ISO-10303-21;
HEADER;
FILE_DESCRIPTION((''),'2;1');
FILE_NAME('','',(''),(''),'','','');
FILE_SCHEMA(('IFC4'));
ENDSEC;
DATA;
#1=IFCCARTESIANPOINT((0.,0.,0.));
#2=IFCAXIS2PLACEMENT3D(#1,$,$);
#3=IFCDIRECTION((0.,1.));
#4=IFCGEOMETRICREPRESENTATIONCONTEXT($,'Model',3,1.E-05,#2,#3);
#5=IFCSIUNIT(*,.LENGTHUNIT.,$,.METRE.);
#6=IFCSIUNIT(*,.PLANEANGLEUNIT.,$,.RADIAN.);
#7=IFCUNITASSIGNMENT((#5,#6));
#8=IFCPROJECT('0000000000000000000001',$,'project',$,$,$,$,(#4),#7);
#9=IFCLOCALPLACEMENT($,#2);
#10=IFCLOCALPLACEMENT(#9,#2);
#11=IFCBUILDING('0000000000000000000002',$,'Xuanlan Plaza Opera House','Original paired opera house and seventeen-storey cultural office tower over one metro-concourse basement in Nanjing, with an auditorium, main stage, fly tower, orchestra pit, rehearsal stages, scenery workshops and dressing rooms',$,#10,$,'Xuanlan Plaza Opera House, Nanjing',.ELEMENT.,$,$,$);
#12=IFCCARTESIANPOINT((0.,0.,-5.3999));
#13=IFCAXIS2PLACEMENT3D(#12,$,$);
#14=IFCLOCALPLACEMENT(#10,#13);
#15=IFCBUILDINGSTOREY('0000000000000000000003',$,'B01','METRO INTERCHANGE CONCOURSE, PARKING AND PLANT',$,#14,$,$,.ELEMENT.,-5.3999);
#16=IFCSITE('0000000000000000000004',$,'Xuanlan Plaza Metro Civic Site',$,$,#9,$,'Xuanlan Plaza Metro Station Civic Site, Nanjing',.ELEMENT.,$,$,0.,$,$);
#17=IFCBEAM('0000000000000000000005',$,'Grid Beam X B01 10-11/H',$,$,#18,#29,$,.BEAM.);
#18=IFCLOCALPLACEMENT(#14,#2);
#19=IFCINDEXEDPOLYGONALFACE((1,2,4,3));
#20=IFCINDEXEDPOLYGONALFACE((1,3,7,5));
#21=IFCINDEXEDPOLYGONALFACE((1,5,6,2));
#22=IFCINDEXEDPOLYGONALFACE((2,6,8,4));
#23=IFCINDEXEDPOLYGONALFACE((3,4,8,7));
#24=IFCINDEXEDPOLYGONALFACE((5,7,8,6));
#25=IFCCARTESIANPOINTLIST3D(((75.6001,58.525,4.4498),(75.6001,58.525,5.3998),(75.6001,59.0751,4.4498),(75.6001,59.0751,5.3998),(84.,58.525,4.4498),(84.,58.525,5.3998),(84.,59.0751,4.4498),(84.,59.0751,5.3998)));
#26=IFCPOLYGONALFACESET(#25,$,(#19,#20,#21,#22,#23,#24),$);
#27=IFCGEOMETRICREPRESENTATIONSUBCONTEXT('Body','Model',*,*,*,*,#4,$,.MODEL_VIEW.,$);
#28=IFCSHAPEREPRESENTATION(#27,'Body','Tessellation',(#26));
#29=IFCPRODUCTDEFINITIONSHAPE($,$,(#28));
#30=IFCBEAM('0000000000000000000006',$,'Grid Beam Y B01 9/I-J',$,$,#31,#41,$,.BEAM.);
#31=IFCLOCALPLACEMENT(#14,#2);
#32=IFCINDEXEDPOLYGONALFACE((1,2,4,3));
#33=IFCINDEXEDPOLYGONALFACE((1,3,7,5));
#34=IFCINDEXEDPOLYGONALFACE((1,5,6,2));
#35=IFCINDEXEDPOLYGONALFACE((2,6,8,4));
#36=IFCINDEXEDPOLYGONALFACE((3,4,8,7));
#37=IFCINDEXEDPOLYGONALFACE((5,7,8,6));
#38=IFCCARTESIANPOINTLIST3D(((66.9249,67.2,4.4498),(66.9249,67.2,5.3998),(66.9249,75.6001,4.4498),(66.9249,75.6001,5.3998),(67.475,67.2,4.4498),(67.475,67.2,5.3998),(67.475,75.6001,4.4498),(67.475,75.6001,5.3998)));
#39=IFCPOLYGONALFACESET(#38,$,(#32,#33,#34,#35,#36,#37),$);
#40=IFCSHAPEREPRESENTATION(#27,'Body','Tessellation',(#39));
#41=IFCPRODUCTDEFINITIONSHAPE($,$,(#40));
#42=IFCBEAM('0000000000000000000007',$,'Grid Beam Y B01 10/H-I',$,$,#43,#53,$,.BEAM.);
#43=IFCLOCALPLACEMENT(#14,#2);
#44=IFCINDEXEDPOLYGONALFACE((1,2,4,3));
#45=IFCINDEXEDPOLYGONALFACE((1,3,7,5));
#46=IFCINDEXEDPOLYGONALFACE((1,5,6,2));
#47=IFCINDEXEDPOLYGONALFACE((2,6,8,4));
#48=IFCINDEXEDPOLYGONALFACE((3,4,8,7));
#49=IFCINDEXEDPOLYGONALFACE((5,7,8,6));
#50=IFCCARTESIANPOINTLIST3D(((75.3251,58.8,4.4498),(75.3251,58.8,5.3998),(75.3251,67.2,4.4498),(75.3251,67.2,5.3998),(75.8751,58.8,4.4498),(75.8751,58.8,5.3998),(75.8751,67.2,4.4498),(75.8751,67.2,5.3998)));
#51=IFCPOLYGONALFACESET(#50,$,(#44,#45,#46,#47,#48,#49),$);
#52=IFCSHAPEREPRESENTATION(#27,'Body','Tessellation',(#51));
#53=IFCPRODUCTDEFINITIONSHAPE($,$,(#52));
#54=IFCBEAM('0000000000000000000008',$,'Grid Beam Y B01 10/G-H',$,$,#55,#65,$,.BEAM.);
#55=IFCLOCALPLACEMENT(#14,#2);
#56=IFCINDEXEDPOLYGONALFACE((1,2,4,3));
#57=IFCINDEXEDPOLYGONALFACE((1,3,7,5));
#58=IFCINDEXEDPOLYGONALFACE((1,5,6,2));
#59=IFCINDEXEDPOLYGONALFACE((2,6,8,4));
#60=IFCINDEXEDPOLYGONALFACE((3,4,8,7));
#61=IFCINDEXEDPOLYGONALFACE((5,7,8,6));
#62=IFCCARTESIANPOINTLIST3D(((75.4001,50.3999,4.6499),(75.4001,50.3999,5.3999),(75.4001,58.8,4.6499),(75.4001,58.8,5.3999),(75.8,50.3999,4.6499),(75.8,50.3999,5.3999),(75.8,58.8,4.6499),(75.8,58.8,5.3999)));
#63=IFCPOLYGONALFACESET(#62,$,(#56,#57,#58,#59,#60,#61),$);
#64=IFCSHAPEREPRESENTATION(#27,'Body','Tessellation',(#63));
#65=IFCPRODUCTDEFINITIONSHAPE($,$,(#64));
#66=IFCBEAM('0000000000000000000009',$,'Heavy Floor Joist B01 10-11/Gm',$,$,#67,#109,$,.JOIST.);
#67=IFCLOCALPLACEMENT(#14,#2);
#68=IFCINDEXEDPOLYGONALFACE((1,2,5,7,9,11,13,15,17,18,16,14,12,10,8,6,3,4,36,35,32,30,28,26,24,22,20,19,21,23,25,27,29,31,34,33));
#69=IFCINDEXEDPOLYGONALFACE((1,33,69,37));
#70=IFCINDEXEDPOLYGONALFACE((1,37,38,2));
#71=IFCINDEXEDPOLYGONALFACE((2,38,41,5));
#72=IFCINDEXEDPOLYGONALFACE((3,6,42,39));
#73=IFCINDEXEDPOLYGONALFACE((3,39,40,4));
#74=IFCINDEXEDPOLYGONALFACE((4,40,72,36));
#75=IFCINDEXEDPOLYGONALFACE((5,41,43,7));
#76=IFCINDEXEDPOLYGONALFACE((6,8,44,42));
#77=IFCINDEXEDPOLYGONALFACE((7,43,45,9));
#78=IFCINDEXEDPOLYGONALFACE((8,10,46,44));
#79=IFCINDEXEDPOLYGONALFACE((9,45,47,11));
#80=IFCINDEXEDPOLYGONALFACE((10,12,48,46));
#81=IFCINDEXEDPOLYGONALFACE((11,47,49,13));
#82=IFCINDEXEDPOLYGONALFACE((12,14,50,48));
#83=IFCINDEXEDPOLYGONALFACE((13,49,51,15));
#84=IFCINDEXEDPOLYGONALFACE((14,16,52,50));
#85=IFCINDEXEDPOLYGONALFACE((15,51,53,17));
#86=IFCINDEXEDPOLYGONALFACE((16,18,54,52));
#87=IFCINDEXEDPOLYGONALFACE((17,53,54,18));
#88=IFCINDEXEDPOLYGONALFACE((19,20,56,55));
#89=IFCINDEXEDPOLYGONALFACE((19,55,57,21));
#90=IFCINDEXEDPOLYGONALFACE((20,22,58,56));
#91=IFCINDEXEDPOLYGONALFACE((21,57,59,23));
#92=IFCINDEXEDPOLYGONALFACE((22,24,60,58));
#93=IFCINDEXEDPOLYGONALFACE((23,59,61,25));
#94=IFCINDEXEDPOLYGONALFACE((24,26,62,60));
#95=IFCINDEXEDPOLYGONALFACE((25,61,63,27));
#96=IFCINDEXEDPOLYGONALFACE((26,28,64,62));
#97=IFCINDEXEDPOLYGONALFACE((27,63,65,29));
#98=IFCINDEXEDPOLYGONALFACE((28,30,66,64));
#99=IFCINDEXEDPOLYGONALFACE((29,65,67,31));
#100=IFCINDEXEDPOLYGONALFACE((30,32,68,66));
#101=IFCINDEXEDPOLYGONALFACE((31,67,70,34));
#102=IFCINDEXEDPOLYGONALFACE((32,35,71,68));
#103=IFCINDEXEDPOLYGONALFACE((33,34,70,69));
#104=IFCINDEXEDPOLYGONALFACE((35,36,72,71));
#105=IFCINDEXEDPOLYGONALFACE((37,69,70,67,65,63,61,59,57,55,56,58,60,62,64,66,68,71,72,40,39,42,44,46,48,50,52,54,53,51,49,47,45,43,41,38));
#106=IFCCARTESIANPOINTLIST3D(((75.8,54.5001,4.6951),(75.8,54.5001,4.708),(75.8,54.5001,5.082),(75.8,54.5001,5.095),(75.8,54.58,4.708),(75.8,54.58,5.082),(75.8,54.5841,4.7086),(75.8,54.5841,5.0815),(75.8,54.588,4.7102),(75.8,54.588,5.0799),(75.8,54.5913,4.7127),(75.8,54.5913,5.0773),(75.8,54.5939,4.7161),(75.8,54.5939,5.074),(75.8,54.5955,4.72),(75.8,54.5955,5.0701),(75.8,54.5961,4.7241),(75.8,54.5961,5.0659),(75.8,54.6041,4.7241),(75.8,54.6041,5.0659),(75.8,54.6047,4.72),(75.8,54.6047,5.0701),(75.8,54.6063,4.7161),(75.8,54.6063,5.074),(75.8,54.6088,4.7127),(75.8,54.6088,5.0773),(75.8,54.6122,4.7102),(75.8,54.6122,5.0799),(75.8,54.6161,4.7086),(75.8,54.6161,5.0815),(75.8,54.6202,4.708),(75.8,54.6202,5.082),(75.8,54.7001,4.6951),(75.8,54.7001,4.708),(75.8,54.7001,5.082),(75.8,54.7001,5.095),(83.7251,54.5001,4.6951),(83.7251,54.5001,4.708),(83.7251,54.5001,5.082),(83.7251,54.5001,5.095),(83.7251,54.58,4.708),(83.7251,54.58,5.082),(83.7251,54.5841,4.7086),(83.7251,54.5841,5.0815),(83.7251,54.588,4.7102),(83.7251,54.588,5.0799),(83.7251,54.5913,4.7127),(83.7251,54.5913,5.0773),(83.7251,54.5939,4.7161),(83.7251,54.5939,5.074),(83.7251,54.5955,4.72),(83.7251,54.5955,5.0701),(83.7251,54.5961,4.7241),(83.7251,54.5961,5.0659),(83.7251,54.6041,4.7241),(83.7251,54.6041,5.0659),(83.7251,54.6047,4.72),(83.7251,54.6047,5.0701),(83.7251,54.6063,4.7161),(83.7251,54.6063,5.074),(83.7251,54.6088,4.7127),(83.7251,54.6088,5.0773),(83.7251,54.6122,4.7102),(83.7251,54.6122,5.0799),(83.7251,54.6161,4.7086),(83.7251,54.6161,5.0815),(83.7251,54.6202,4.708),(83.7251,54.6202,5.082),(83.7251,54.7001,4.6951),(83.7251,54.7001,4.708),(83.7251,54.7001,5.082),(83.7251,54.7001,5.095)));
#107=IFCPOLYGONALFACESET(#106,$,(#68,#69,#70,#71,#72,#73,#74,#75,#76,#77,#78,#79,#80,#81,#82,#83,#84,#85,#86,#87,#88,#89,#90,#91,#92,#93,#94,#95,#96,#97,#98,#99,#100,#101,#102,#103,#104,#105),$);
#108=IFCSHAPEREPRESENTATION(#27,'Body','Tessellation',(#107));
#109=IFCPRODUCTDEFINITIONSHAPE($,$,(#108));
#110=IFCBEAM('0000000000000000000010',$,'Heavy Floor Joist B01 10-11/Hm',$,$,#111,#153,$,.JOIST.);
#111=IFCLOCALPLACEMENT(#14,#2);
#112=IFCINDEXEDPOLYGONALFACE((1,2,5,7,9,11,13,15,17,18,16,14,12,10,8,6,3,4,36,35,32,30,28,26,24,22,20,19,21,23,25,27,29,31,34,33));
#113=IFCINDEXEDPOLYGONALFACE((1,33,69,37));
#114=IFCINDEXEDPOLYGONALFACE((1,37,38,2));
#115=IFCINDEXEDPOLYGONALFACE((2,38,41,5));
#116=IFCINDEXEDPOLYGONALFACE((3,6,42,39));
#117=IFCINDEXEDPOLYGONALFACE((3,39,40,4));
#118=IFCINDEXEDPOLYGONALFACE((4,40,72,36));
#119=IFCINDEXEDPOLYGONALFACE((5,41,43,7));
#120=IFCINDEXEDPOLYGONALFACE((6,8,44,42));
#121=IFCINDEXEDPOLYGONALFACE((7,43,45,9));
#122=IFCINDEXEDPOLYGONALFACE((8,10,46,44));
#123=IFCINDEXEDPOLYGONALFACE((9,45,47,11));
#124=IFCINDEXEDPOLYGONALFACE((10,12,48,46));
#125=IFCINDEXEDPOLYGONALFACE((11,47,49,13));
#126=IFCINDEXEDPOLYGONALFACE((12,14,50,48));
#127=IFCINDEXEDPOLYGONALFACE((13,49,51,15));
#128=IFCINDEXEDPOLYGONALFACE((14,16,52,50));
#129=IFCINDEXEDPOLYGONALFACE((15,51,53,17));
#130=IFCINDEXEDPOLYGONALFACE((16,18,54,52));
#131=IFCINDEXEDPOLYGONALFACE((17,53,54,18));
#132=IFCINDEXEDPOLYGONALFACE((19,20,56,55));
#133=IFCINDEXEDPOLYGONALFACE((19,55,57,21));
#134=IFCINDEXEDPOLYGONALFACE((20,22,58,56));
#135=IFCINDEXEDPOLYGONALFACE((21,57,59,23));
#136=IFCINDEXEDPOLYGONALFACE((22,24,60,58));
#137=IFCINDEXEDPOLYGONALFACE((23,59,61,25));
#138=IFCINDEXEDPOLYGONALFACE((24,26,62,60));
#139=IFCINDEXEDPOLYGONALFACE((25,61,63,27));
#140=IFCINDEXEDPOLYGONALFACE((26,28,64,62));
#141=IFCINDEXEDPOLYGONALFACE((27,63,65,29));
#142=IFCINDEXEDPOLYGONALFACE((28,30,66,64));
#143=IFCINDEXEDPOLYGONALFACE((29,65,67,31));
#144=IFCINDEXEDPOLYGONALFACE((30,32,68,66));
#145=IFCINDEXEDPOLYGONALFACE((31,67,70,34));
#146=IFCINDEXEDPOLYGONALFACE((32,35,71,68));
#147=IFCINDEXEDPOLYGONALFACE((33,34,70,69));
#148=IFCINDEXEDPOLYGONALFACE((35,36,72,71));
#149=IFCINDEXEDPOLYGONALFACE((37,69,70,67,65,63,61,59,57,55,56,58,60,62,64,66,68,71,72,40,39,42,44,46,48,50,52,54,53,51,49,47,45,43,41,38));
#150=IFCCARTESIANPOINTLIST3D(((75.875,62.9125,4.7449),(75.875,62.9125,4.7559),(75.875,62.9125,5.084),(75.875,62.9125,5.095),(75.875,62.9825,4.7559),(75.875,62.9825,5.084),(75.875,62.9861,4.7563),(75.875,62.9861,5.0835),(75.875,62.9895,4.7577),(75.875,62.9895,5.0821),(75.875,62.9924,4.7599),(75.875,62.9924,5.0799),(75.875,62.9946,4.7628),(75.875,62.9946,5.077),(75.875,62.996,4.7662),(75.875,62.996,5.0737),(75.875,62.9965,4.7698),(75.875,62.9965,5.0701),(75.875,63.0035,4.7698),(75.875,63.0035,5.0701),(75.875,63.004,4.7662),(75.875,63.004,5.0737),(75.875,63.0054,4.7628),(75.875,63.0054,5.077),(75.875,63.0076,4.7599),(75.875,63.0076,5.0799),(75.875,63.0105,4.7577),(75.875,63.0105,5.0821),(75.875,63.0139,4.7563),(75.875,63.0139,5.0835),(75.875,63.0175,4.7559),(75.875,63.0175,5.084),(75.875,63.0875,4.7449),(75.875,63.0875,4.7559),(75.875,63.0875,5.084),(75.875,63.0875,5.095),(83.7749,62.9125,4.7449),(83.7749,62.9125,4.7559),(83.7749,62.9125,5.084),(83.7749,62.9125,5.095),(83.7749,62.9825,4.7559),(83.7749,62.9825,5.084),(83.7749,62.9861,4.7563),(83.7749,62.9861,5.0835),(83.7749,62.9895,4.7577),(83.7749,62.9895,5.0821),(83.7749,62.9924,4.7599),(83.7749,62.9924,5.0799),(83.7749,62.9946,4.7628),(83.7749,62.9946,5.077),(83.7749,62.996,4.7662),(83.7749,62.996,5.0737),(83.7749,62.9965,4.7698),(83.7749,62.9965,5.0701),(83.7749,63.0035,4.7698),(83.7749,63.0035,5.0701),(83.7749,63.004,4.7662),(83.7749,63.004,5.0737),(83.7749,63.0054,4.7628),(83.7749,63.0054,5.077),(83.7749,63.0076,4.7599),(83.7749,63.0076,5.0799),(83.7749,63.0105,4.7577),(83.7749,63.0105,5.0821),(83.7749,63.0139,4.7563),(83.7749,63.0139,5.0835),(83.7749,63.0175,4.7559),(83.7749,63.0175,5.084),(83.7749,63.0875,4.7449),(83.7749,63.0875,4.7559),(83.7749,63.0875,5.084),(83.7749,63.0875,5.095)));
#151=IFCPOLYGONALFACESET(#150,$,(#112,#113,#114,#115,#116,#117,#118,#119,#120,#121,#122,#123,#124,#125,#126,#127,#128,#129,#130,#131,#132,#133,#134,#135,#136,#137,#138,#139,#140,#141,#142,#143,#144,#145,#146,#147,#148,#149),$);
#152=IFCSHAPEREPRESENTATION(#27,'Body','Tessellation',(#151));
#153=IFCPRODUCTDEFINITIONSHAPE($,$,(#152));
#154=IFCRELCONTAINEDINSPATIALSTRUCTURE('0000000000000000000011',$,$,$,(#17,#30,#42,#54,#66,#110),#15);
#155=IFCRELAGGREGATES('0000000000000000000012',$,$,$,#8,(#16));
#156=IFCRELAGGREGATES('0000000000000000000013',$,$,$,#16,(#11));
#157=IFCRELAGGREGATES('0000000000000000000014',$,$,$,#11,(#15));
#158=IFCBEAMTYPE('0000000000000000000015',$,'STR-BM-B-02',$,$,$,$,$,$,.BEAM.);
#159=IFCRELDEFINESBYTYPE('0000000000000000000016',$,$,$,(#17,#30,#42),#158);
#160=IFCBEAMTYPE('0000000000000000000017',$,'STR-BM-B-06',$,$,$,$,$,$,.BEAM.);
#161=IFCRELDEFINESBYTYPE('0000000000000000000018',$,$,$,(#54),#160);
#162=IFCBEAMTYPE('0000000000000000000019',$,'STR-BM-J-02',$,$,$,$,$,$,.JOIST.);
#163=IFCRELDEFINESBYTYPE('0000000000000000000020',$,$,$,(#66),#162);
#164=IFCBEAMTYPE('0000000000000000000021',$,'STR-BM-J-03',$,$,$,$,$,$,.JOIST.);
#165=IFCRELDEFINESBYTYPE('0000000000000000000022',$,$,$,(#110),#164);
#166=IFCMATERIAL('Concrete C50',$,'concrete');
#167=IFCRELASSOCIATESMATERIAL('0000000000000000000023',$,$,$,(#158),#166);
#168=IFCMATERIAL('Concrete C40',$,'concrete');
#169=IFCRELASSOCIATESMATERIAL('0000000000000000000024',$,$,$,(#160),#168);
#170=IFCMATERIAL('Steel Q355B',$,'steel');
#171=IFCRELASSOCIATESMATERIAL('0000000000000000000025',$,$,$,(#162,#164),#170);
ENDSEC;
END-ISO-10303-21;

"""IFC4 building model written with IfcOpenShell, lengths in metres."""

from ifc_helpers import new_model, si_unit, direction, frame, origin, origin_2d, place, context, subcontext, project, spatial, rectangle, i_section, extrude, material, material_profile, profile_set, type_object, element, save


model = new_model("IFC4")

# Units and contexts
model_context = context("Model", 3, precision=1e-05, world=origin(), true_north=direction((0.0, 1.0)))
body_context = subcontext(model_context, "Body", "Model", "MODEL_VIEW")
ifc_project = project(units=[si_unit("LENGTHUNIT", "METRE"), si_unit("PLANEANGLEUNIT", "RADIAN")], contexts=[model_context])

# Site, building, storey
site_placement = place(None, origin())
site = spatial("IfcSite", under=ifc_project, at=site_placement, Name="Xuanlan Plaza Metro Civic Site", LongName="Xuanlan Plaza Metro Station Civic Site, Nanjing", CompositionType="ELEMENT", RefElevation=0.0)
building_placement = place(site_placement, origin())
building = spatial("IfcBuilding", under=site, at=building_placement, Name="Xuanlan Plaza Opera House", Description="Original paired opera house and seventeen-storey cultural office tower over one metro-concourse basement in Nanjing, with an auditorium, main stage, fly tower, orchestra pit, rehearsal stages, scenery workshops and dressing rooms", LongName="Xuanlan Plaza Opera House, Nanjing", CompositionType="ELEMENT")
storey_placement = place(building_placement, frame((0.0, 0.0, -5.3999)))
storey = spatial("IfcBuildingStorey", under=building, at=storey_placement, Name="B01", Description="METRO INTERCHANGE CONCOURSE, PARKING AND PLANT", CompositionType="ELEMENT", Elevation=-5.3999)

# Shared definitions
ifc_material_1 = material(Name="Concrete C40", Category="concrete")
ifc_material_2 = material(Name="Concrete C50", Category="concrete")

# Shared definitions
ifc_material_3 = material(Name="Steel Q355B", Category="steel")

# Beams
ifc_material_profile_1 = material_profile(ifc_material_2, rectangle(XDim=0.55, YDim=0.95, at=origin_2d()), Name="RC-BM 550x950")
ifc_profile_set_1 = profile_set([ifc_material_profile_1], Name="Concrete C50")
beam_type_1 = type_object("IfcBeamType", Name="STR-BM-B-02", PredefinedType="BEAM", material=ifc_profile_set_1)
for number, where, z_axis, x_axis, name in (
    (1, (75.6001, 58.8, 4.9248), (1.0, 0.0, 0.0), (0.0, 1.0, 0.0), "Grid Beam X B01 10-11/H"),
):
    element("IfcBeam", number, at=place(storey_placement, frame(where, z_axis=z_axis, x_axis=x_axis)), inside=storey, type_object=beam_type_1, Name=name, PredefinedType="BEAM", context=body_context, shape_type="SweptSolid", body=[
        extrude(rectangle(XDim=0.55, YDim=0.95, at=origin_2d()), origin(), (0.0, 0.0, 1.0), 8.3999),
    ])
beam_1_placement = place(storey_placement, frame((67.2, 67.2, 4.9248), z_axis=(0.0, 1.0, 0.0), x_axis=(-1.0, 0.0, 0.0)))
element("IfcBeam", 2, at=beam_1_placement, inside=storey, type_object=beam_type_1, Name="Grid Beam Y B01 9/I-J", PredefinedType="BEAM", context=body_context, shape_type="SweptSolid", body=[
    extrude(rectangle(XDim=0.55, YDim=0.95, at=origin_2d()), origin(), (0.0, 0.0, 1.0), 8.4001),
])
beam_2_placement = place(storey_placement, frame((75.6001, 58.8, 4.9248), z_axis=(0.0, 1.0, 0.0), x_axis=(-1.0, 0.0, 0.0)))
element("IfcBeam", 3, at=beam_2_placement, inside=storey, type_object=beam_type_1, Name="Grid Beam Y B01 10/H-I", PredefinedType="BEAM", context=body_context, shape_type="SweptSolid", body=[
    extrude(rectangle(XDim=0.55, YDim=0.95, at=origin_2d()), origin(), (0.0, 0.0, 1.0), 8.3999),
])
ifc_material_profile_2 = material_profile(ifc_material_1, rectangle(XDim=0.3999, YDim=0.75, at=origin_2d()), Name="RC-BM 400x750")
ifc_profile_set_2 = profile_set([ifc_material_profile_2], Name="Concrete C40")
beam_type_2 = type_object("IfcBeamType", Name="STR-BM-B-06", PredefinedType="BEAM", material=ifc_profile_set_2)
beam_3_placement = place(storey_placement, frame((75.6001, 50.3999, 5.0249), z_axis=(0.0, 1.0, 0.0), x_axis=(-1.0, 0.0, 0.0)))
element("IfcBeam", 4, at=beam_3_placement, inside=storey, type_object=beam_type_2, Name="Grid Beam Y B01 10/G-H", PredefinedType="BEAM", context=body_context, shape_type="SweptSolid", body=[
    extrude(rectangle(XDim=0.3999, YDim=0.75, at=origin_2d()), origin(), (0.0, 0.0, 1.0), 8.4001),
])
ifc_material_profile_3 = material_profile(ifc_material_3, i_section(OverallWidth=0.2, OverallDepth=0.3999, WebThickness=0.0081, FlangeThickness=0.0129, FilletRadius=0.0161, at=origin_2d()), Name="HN 400x200x8x13")
ifc_profile_set_3 = profile_set([ifc_material_profile_3], Name="Steel Q355B")
beam_type_3 = type_object("IfcBeamType", Name="STR-BM-J-02", PredefinedType="JOIST", material=ifc_profile_set_3)
beam_4_placement = place(storey_placement, frame((75.8, 54.6001, 4.895), z_axis=(1.0, 0.0, 0.0), x_axis=(0.0, 1.0, 0.0)))
element("IfcBeam", 5, at=beam_4_placement, inside=storey, type_object=beam_type_3, Name="Heavy Floor Joist B01 10-11/Gm", PredefinedType="JOIST", context=body_context, shape_type="SweptSolid", body=[
    extrude(i_section(OverallWidth=0.2, OverallDepth=0.3999, WebThickness=0.0081, FlangeThickness=0.0129, FilletRadius=0.0161, at=origin_2d()), origin(), (0.0, 0.0, 1.0), 7.925),
])
ifc_material_profile_4 = material_profile(ifc_material_3, i_section(OverallWidth=0.175, OverallDepth=0.3501, WebThickness=0.0071, FlangeThickness=0.011, FilletRadius=0.0139, at=origin_2d()), Name="HN 350x175x7x11")
ifc_profile_set_4 = profile_set([ifc_material_profile_4], Name="Steel Q355B")
beam_type_4 = type_object("IfcBeamType", Name="STR-BM-J-03", PredefinedType="JOIST", material=ifc_profile_set_4)
beam_5_placement = place(storey_placement, frame((75.875, 63.0, 4.9199), z_axis=(1.0, 0.0, 0.0), x_axis=(0.0, 1.0, 0.0)))
element("IfcBeam", 6, at=beam_5_placement, inside=storey, type_object=beam_type_4, Name="Heavy Floor Joist B01 10-11/Hm", PredefinedType="JOIST", context=body_context, shape_type="SweptSolid", body=[
    extrude(i_section(OverallWidth=0.175, OverallDepth=0.3501, WebThickness=0.0071, FlangeThickness=0.011, FilletRadius=0.0139, at=origin_2d()), origin(), (0.0, 0.0, 1.0), 7.8999),
])

save(model, "model.ifc")
